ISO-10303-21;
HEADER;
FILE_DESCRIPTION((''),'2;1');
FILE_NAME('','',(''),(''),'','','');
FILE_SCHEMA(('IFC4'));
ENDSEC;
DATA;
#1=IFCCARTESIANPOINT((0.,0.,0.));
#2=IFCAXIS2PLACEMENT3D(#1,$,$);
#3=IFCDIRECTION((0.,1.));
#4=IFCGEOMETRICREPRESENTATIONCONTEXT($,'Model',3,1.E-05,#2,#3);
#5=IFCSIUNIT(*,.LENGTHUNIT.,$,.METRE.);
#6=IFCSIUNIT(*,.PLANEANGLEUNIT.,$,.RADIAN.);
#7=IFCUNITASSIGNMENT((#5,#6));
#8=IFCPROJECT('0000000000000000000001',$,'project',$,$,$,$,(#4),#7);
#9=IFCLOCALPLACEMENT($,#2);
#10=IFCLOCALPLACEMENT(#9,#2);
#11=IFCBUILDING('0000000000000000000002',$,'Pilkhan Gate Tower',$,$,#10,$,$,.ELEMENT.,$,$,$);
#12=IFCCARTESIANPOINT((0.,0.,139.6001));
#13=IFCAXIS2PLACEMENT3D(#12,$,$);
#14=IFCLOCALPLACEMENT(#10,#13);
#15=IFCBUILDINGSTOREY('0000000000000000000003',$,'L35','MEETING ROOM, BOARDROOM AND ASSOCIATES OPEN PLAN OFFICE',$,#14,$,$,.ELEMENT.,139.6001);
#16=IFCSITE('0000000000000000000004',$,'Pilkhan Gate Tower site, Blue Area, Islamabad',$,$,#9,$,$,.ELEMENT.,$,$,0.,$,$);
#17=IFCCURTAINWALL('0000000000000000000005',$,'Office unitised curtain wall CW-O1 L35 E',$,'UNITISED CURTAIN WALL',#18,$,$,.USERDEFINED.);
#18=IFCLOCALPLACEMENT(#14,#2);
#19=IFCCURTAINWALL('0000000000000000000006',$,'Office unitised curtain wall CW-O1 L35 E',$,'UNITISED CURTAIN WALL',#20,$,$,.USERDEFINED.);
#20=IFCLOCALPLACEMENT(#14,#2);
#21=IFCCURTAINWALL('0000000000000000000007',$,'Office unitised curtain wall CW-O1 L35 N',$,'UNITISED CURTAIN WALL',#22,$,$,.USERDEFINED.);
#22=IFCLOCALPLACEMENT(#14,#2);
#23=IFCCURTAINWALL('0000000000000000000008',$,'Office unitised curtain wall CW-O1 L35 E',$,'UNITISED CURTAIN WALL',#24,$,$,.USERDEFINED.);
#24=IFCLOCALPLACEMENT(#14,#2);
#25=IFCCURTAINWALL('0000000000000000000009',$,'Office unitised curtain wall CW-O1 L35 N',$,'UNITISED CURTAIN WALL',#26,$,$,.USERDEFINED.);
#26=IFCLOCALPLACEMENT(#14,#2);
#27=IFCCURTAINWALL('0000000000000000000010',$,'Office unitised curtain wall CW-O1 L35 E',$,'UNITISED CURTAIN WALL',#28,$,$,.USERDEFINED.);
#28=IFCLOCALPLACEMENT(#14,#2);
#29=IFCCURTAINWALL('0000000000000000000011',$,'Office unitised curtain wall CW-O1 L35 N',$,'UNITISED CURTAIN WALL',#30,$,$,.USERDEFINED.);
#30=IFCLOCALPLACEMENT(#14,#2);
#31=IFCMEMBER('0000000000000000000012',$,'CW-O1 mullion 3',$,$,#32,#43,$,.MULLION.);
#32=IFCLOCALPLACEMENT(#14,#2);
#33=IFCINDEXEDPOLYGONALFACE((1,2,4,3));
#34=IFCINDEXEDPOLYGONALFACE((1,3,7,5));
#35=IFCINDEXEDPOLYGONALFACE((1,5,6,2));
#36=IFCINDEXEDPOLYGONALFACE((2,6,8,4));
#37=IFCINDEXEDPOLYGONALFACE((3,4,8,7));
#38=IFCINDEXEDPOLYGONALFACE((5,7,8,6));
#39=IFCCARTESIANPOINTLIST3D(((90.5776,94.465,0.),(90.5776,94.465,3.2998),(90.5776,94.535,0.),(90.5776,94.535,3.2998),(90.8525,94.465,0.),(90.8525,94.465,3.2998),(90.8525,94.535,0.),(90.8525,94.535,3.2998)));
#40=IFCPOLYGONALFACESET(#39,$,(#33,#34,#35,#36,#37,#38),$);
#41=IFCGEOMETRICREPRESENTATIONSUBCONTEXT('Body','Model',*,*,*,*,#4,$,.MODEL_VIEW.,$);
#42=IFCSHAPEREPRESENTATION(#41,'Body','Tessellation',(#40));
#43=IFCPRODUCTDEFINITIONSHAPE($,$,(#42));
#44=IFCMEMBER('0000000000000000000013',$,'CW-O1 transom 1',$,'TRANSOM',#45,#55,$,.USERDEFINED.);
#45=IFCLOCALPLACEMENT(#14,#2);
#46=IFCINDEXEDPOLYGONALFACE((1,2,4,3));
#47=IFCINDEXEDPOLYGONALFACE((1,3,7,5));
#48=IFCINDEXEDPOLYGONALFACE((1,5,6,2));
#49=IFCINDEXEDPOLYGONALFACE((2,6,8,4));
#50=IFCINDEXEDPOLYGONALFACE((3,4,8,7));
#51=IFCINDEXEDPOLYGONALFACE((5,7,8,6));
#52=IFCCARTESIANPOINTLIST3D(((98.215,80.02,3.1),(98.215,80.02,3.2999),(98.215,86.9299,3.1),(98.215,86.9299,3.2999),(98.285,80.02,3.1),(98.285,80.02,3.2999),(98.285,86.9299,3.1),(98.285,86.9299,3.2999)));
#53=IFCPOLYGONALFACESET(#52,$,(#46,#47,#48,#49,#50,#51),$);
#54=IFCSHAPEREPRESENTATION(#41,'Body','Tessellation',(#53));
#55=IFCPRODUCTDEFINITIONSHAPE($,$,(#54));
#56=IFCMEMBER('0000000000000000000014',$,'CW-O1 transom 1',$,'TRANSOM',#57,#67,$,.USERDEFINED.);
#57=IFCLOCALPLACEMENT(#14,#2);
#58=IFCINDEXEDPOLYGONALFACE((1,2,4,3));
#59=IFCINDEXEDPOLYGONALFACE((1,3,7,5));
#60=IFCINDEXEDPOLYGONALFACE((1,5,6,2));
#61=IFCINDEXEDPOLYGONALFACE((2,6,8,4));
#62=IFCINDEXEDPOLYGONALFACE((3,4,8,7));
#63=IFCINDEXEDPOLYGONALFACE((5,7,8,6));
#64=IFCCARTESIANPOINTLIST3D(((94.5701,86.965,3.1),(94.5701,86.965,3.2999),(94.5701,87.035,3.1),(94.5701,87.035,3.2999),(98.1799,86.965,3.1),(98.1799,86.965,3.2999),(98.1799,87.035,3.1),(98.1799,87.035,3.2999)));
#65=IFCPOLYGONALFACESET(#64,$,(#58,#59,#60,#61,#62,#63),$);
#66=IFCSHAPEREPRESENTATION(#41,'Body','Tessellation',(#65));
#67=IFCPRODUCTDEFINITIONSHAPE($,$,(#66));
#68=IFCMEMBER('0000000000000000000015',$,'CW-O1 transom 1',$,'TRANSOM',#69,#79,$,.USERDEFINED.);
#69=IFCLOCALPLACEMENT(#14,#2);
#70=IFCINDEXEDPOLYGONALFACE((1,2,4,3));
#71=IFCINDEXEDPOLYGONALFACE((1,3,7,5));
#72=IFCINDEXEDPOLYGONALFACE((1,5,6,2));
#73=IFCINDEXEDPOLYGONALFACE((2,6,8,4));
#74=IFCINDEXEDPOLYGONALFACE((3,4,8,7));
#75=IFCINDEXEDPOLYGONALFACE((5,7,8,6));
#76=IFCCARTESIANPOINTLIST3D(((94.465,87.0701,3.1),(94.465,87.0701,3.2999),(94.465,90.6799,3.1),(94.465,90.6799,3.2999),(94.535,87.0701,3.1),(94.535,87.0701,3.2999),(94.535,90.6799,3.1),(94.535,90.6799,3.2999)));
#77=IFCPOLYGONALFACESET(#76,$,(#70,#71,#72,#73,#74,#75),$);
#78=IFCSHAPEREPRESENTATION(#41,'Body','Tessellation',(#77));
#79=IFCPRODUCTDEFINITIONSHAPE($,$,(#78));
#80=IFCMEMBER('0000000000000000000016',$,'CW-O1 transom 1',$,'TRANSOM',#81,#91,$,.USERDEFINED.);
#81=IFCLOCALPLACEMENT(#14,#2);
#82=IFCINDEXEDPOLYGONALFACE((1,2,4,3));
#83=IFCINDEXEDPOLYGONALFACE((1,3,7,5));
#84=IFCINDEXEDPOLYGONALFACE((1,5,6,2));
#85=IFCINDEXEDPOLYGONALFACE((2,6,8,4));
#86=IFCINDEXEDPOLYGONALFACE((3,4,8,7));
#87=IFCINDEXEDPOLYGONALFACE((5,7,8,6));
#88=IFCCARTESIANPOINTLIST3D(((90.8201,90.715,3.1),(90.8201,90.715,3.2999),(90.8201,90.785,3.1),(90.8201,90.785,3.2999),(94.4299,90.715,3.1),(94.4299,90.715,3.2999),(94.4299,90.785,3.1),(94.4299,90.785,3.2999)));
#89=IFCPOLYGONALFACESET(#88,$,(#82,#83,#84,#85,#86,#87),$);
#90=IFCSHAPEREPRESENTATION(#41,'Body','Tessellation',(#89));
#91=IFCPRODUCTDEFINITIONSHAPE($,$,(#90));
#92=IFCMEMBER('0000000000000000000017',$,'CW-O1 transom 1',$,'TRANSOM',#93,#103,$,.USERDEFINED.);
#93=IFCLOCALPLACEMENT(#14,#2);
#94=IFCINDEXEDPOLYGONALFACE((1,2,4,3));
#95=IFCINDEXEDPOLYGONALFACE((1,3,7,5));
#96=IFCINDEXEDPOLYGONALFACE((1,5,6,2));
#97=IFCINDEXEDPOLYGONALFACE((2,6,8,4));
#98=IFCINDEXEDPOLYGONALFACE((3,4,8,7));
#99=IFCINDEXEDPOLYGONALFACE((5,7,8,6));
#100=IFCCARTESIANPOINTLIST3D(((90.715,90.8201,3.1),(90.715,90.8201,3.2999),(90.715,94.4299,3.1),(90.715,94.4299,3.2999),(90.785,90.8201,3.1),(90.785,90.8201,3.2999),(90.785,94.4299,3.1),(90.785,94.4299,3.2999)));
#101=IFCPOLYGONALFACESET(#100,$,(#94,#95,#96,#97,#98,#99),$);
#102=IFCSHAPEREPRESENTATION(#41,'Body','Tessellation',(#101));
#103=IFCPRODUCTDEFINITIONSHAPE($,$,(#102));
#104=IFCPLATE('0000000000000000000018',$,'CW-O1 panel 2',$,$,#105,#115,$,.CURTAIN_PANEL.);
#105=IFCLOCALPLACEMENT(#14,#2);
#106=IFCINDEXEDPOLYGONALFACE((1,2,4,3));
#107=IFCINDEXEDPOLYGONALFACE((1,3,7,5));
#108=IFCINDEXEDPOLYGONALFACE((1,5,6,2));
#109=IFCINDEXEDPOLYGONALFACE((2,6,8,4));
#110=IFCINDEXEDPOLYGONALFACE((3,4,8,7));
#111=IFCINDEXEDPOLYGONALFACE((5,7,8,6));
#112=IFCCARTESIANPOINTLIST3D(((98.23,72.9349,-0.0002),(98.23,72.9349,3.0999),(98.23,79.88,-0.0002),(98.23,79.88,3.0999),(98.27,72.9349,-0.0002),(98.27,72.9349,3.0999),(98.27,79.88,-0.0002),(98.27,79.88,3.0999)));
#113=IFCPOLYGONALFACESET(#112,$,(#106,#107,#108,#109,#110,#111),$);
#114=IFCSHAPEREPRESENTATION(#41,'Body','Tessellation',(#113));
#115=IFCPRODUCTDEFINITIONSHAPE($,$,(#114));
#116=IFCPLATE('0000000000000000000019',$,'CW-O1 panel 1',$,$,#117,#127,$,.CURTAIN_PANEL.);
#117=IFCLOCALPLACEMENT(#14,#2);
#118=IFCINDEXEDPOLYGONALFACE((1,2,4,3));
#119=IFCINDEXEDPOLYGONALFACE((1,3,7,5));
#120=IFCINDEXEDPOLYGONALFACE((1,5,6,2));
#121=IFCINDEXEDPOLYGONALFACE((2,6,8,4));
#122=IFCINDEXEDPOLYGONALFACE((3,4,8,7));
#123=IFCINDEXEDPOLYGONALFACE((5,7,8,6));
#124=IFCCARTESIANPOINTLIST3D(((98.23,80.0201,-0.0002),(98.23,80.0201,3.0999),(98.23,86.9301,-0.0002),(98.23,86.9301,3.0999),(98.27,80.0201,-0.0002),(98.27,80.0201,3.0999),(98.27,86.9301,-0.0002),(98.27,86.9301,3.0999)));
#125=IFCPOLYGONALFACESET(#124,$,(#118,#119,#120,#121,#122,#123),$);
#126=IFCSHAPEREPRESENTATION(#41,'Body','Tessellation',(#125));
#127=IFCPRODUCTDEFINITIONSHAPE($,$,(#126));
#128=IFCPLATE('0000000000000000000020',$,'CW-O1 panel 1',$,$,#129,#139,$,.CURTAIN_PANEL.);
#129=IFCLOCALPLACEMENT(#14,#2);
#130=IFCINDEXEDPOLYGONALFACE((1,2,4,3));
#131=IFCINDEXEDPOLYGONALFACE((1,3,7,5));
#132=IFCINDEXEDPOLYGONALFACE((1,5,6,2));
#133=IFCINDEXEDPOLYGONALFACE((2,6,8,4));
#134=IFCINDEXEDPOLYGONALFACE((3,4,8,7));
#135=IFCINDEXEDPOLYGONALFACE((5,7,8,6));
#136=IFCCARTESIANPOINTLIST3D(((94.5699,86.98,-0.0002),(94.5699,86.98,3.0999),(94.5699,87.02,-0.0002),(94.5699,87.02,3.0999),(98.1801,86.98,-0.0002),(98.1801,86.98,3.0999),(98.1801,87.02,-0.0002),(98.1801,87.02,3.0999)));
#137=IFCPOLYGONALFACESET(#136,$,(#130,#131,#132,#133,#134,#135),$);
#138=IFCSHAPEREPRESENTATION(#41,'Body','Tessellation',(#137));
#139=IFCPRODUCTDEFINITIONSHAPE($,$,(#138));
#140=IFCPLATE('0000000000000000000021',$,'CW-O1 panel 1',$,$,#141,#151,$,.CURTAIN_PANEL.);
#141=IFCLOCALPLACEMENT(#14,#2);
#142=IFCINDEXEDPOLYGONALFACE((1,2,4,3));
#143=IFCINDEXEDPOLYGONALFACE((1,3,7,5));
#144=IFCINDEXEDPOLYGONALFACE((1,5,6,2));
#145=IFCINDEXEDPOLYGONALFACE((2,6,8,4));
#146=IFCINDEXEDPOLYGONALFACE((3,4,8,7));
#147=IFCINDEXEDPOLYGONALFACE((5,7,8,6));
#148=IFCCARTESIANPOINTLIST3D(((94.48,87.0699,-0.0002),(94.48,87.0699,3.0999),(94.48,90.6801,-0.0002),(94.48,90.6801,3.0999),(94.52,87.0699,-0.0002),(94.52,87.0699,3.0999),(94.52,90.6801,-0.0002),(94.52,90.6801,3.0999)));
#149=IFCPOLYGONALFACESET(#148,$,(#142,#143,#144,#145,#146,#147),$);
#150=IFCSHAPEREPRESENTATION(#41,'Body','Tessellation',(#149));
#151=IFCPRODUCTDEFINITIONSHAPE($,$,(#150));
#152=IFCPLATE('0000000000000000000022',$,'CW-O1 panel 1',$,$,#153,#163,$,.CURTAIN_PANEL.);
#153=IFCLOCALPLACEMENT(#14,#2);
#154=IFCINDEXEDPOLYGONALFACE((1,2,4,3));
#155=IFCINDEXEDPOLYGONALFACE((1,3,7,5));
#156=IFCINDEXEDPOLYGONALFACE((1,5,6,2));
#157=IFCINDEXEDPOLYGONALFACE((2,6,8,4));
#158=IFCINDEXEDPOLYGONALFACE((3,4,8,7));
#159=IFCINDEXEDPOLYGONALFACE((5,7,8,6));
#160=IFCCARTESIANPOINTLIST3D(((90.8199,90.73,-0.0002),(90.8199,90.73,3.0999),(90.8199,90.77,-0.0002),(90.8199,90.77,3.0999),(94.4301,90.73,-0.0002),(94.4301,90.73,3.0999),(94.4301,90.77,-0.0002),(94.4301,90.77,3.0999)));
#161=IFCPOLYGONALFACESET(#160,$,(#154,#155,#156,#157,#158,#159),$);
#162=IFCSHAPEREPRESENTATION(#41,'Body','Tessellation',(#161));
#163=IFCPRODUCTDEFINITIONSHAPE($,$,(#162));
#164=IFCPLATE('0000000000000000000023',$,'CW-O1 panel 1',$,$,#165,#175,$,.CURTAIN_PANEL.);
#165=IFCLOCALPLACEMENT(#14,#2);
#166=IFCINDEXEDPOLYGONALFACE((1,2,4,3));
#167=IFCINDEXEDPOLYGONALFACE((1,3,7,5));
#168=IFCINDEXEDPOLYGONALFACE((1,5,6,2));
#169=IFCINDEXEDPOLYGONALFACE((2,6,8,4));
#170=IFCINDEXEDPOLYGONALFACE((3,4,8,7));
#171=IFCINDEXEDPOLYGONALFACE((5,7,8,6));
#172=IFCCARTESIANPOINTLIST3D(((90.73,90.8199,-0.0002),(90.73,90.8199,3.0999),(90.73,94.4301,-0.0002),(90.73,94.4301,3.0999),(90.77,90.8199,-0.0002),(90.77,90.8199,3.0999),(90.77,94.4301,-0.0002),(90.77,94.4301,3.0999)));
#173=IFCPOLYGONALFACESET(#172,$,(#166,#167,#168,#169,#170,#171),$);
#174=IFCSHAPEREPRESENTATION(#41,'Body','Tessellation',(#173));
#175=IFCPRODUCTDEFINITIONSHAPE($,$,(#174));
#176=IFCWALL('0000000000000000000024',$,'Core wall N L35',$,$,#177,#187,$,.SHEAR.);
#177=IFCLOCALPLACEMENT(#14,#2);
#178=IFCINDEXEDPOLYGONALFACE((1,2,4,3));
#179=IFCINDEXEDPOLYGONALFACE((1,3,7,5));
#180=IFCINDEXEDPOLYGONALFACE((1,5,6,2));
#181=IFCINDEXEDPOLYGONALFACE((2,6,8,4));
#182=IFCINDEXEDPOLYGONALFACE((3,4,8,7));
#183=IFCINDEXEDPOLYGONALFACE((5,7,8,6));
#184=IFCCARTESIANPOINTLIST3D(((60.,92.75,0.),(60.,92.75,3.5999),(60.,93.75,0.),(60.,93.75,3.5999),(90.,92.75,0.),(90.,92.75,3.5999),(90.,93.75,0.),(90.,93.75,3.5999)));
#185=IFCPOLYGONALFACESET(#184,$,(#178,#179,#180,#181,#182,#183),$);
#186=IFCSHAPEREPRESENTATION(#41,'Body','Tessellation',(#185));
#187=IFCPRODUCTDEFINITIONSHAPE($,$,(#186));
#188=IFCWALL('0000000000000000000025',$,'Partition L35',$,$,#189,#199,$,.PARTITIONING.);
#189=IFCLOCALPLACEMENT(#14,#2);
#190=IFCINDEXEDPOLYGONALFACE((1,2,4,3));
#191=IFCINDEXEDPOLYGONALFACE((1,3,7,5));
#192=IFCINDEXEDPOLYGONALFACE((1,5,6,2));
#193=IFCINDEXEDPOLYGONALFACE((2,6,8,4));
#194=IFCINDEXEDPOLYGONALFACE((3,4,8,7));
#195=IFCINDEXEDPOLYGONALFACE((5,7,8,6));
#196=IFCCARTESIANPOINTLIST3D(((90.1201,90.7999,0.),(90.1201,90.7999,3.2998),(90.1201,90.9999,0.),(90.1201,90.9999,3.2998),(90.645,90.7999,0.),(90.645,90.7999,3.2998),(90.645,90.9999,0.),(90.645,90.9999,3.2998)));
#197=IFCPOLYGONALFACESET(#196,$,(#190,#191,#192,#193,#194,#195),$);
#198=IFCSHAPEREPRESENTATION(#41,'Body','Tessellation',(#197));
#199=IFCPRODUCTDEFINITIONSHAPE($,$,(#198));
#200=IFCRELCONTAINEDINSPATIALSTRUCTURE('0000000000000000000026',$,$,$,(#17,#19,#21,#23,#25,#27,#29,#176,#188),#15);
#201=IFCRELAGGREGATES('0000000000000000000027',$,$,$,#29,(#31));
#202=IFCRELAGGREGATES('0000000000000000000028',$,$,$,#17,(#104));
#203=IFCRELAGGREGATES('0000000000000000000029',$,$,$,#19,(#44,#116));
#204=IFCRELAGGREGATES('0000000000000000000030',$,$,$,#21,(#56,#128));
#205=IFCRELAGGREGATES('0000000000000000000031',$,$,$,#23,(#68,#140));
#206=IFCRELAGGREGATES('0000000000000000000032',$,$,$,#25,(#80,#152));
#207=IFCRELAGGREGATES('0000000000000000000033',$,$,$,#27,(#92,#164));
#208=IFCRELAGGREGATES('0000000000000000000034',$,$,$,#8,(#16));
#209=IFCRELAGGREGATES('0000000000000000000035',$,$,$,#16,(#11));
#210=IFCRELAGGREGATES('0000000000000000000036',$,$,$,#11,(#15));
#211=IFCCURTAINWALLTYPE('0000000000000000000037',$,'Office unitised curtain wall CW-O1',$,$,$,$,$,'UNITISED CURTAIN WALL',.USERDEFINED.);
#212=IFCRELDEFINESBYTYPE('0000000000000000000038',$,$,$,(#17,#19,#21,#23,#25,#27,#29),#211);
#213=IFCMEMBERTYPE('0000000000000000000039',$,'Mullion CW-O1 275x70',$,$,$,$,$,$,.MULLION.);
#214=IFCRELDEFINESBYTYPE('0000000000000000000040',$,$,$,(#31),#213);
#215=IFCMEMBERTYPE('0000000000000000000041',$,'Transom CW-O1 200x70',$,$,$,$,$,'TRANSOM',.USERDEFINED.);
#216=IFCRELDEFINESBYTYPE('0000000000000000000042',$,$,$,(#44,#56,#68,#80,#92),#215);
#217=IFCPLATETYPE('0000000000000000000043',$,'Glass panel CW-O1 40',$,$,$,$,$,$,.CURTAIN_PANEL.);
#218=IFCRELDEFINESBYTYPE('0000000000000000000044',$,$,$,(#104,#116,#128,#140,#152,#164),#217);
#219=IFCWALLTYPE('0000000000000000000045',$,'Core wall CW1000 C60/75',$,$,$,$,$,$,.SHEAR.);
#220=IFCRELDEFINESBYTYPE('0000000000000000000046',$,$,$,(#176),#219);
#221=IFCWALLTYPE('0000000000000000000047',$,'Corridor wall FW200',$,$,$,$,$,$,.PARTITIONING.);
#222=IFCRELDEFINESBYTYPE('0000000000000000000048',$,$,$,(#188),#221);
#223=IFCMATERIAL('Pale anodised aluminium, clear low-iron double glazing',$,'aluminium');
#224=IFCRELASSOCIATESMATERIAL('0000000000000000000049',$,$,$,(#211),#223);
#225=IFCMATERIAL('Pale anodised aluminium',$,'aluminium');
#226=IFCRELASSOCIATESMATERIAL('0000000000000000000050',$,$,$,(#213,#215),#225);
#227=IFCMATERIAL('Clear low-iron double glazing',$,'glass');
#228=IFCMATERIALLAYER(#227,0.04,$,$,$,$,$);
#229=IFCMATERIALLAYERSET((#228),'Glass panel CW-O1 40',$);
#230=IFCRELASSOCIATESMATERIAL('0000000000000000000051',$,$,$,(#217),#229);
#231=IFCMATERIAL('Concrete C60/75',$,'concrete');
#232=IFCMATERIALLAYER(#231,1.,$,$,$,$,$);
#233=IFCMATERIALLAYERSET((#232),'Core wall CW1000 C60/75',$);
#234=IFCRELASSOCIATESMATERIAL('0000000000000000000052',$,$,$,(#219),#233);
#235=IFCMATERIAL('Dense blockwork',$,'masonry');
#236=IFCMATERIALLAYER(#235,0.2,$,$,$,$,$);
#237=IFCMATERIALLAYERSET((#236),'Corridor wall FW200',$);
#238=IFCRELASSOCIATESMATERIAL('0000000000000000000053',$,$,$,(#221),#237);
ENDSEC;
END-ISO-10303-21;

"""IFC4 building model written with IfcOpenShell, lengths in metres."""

from ifc_helpers import new_model, si_unit, direction, frame, frame_2d, origin, origin_2d, place, context, subcontext, project, spatial, rectangle, extrude, material, layer, layer_set, material_profile, profile_set, type_object, element, aggregate, save


model = new_model("IFC4")

# Units and contexts
model_context = context("Model", 3, precision=1e-05, world=origin(), true_north=direction((0.0, 1.0)))
body_context = subcontext(model_context, "Body", "Model", "MODEL_VIEW")
ifc_project = project(units=[si_unit("LENGTHUNIT", "METRE"), si_unit("PLANEANGLEUNIT", "RADIAN")], contexts=[model_context])

# Site, building, storey
site_placement = place(None, origin())
site = spatial("IfcSite", under=ifc_project, at=site_placement, Name="Pilkhan Gate Tower site, Blue Area, Islamabad", CompositionType="ELEMENT", RefElevation=0.0)
building_placement = place(site_placement, origin())
building = spatial("IfcBuilding", under=site, at=building_placement, Name="Pilkhan Gate Tower", CompositionType="ELEMENT")
storey_placement = place(building_placement, frame((0.0, 0.0, 139.6001)))
storey = spatial("IfcBuildingStorey", under=building, at=storey_placement, Name="L35", Description="MEETING ROOM, BOARDROOM AND ASSOCIATES OPEN PLAN OFFICE", CompositionType="ELEMENT", Elevation=139.6001)

# Shared definitions
ifc_material_1 = material(Name="Concrete C60/75", Category="concrete")

# Curtain wall
ifc_material_2 = material(Name="Pale anodised aluminium, clear low-iron double glazing", Category="aluminium")
curtain_wall_type = type_object("IfcCurtainWallType", Name="Office unitised curtain wall CW-O1", ElementType="UNITISED CURTAIN WALL", PredefinedType="USERDEFINED", material=ifc_material_2)
curtain_wall_1_placement = place(storey_placement, origin())
curtain_wall_1 = element("IfcCurtainWall", 1, at=curtain_wall_1_placement, inside=storey, type_object=curtain_wall_type, Name="Office unitised curtain wall CW-O1 L35 E", ObjectType="UNITISED CURTAIN WALL", PredefinedType="USERDEFINED")
ifc_material_3 = material(Name="Pale anodised aluminium", Category="aluminium")
ifc_material_profile_1 = material_profile(ifc_material_3, rectangle(XDim=0.0701, YDim=0.2749, at=origin_2d()), Name="Mullion 275x70")
ifc_profile_set_1 = profile_set([ifc_material_profile_1], Name="Pale anodised aluminium")
member_type_1 = type_object("IfcMemberType", Name="Mullion CW-O1 275x70", PredefinedType="MULLION", material=ifc_profile_set_1)

# Curtain walls
curtain_wall_2_placement = place(storey_placement, origin())
curtain_wall_2 = element("IfcCurtainWall", 2, at=curtain_wall_2_placement, inside=storey, type_object=curtain_wall_type, Name="Office unitised curtain wall CW-O1 L35 E", ObjectType="UNITISED CURTAIN WALL", PredefinedType="USERDEFINED")
curtain_wall_3_placement = place(storey_placement, origin())
curtain_wall_3 = element("IfcCurtainWall", 3, at=curtain_wall_3_placement, inside=storey, type_object=curtain_wall_type, Name="Office unitised curtain wall CW-O1 L35 N", ObjectType="UNITISED CURTAIN WALL", PredefinedType="USERDEFINED")
curtain_wall_4_placement = place(storey_placement, origin())
curtain_wall_4 = element("IfcCurtainWall", 4, at=curtain_wall_4_placement, inside=storey, type_object=curtain_wall_type, Name="Office unitised curtain wall CW-O1 L35 E", ObjectType="UNITISED CURTAIN WALL", PredefinedType="USERDEFINED")
curtain_wall_5_placement = place(storey_placement, origin())
curtain_wall_5 = element("IfcCurtainWall", 5, at=curtain_wall_5_placement, inside=storey, type_object=curtain_wall_type, Name="Office unitised curtain wall CW-O1 L35 N", ObjectType="UNITISED CURTAIN WALL", PredefinedType="USERDEFINED")
curtain_wall_6_placement = place(storey_placement, origin())
curtain_wall_6 = element("IfcCurtainWall", 6, at=curtain_wall_6_placement, inside=storey, type_object=curtain_wall_type, Name="Office unitised curtain wall CW-O1 L35 E", ObjectType="UNITISED CURTAIN WALL", PredefinedType="USERDEFINED")

# Curtain wall, member
curtain_wall_7_placement = place(storey_placement, origin())
curtain_wall_7 = element("IfcCurtainWall", 7, at=curtain_wall_7_placement, inside=storey, type_object=curtain_wall_type, Name="Office unitised curtain wall CW-O1 L35 N", ObjectType="UNITISED CURTAIN WALL", PredefinedType="USERDEFINED")
member_1_placement = place(storey_placement, frame((90.7151, 94.5, 0.0), z_axis=(0.0, 0.0, 1.0), x_axis=(0.0, 1.0, 0.0)))
member_1 = element("IfcMember", 8, at=member_1_placement, type_object=member_type_1, Name="CW-O1 mullion 3", PredefinedType="MULLION", context=body_context, shape_type="SweptSolid", body=[
    extrude(rectangle(XDim=0.0701, YDim=0.2749, at=origin_2d()), origin(), (0.0, 0.0, 1.0), 3.2998),
])
aggregate(curtain_wall_7, [member_1])

# Members
ifc_material_profile_2 = material_profile(ifc_material_3, rectangle(XDim=0.0701, YDim=0.2, at=origin_2d()), Name="Transom 200x70")
ifc_profile_set_2 = profile_set([ifc_material_profile_2], Name="Pale anodised aluminium")
member_type_2 = type_object("IfcMemberType", Name="Transom CW-O1 200x70", ElementType="TRANSOM", PredefinedType="USERDEFINED", material=ifc_profile_set_2)
member_2_placement = place(storey_placement, frame((98.25, 80.02, 3.2), z_axis=(0.0, 1.0, 0.0), x_axis=(-1.0, 0.0, 0.0)))
member_2 = element("IfcMember", 9, at=member_2_placement, type_object=member_type_2, Name="CW-O1 transom 1", ObjectType="TRANSOM", PredefinedType="USERDEFINED", context=body_context, shape_type="SweptSolid", body=[
    extrude(rectangle(XDim=0.0701, YDim=0.2, at=origin_2d()), origin(), (0.0, 0.0, 1.0), 6.9099),
])
member_3_placement = place(storey_placement, frame((94.5701, 87.0, 3.2), z_axis=(1.0, 0.0, 0.0), x_axis=(0.0, 1.0, 0.0)))
member_3 = element("IfcMember", 10, at=member_3_placement, type_object=member_type_2, Name="CW-O1 transom 1", ObjectType="TRANSOM", PredefinedType="USERDEFINED", context=body_context, shape_type="SweptSolid", body=[
    extrude(rectangle(XDim=0.0701, YDim=0.2, at=origin_2d()), origin(), (0.0, 0.0, 1.0), 3.6099),
])
member_4_placement = place(storey_placement, frame((94.5, 87.0701, 3.2), z_axis=(0.0, 1.0, 0.0), x_axis=(-1.0, 0.0, 0.0)))
member_4 = element("IfcMember", 11, at=member_4_placement, type_object=member_type_2, Name="CW-O1 transom 1", ObjectType="TRANSOM", PredefinedType="USERDEFINED", context=body_context, shape_type="SweptSolid", body=[
    extrude(rectangle(XDim=0.0701, YDim=0.2, at=origin_2d()), origin(), (0.0, 0.0, 1.0), 3.6099),
])
member_5_placement = place(storey_placement, frame((90.8201, 90.75, 3.2), z_axis=(1.0, 0.0, 0.0), x_axis=(0.0, 1.0, 0.0)))
member_5 = element("IfcMember", 12, at=member_5_placement, type_object=member_type_2, Name="CW-O1 transom 1", ObjectType="TRANSOM", PredefinedType="USERDEFINED", context=body_context, shape_type="SweptSolid", body=[
    extrude(rectangle(XDim=0.0701, YDim=0.2, at=origin_2d()), origin(), (0.0, 0.0, 1.0), 3.6099),
])
member_6_placement = place(storey_placement, frame((90.75, 90.8201, 3.2), z_axis=(0.0, 1.0, 0.0), x_axis=(-1.0, 0.0, 0.0)))
member_6 = element("IfcMember", 13, at=member_6_placement, type_object=member_type_2, Name="CW-O1 transom 1", ObjectType="TRANSOM", PredefinedType="USERDEFINED", context=body_context, shape_type="SweptSolid", body=[
    extrude(rectangle(XDim=0.0701, YDim=0.2, at=origin_2d()), origin(), (0.0, 0.0, 1.0), 3.6099),
])

# Plates
ifc_material_4 = material(Name="Clear low-iron double glazing", Category="glass")
ifc_layer_1 = layer(ifc_material_4, 0.04)
ifc_layer_set_1 = layer_set([ifc_layer_1], Name="Glass panel CW-O1 40")
plate_type = type_object("IfcPlateType", Name="Glass panel CW-O1 40", PredefinedType="CURTAIN_PANEL", material=ifc_layer_set_1)
plate_1_placement = place(storey_placement, frame((98.25, 76.4075, -0.0002), z_axis=(0.0, 0.0, 1.0), x_axis=(0.0, 1.0, 0.0)))
plate_1 = element("IfcPlate", 14, at=plate_1_placement, type_object=plate_type, Name="CW-O1 panel 2", PredefinedType="CURTAIN_PANEL", context=body_context, shape_type="SweptSolid", body=[
    extrude(rectangle(XDim=6.9451, YDim=0.04, at=origin_2d()), origin(), (0.0, 0.0, 1.0), 3.1001),
])
aggregate(curtain_wall_1, [plate_1])
plate_2_placement = place(storey_placement, frame((98.25, 83.4751, -0.0002), z_axis=(0.0, 0.0, 1.0), x_axis=(0.0, 1.0, 0.0)))
plate_2 = element("IfcPlate", 15, at=plate_2_placement, type_object=plate_type, Name="CW-O1 panel 1", PredefinedType="CURTAIN_PANEL", context=body_context, shape_type="SweptSolid", body=[
    extrude(rectangle(XDim=6.9099, YDim=0.04, at=origin_2d()), origin(), (0.0, 0.0, 1.0), 3.1001),
])
aggregate(curtain_wall_2, [member_2, plate_2])
plate_3_placement = place(storey_placement, frame((96.375, 87.0, -0.0002), z_axis=(0.0, 0.0, 1.0), x_axis=(1.0, 0.0, 0.0)))
plate_3 = element("IfcPlate", 16, at=plate_3_placement, type_object=plate_type, Name="CW-O1 panel 1", PredefinedType="CURTAIN_PANEL", context=body_context, shape_type="SweptSolid", body=[
    extrude(rectangle(XDim=3.6101, YDim=0.04, at=origin_2d()), origin(), (0.0, 0.0, 1.0), 3.1001),
])
aggregate(curtain_wall_3, [member_3, plate_3])
plate_4_placement = place(storey_placement, frame((94.5, 88.875, -0.0002), z_axis=(0.0, 0.0, 1.0), x_axis=(0.0, 1.0, 0.0)))
plate_4 = element("IfcPlate", 17, at=plate_4_placement, type_object=plate_type, Name="CW-O1 panel 1", PredefinedType="CURTAIN_PANEL", context=body_context, shape_type="SweptSolid", body=[
    extrude(rectangle(XDim=3.6101, YDim=0.04, at=origin_2d()), origin(), (0.0, 0.0, 1.0), 3.1001),
])
aggregate(curtain_wall_4, [member_4, plate_4])
plate_5_placement = place(storey_placement, frame((92.625, 90.75, -0.0002), z_axis=(0.0, 0.0, 1.0), x_axis=(1.0, 0.0, 0.0)))
plate_5 = element("IfcPlate", 18, at=plate_5_placement, type_object=plate_type, Name="CW-O1 panel 1", PredefinedType="CURTAIN_PANEL", context=body_context, shape_type="SweptSolid", body=[
    extrude(rectangle(XDim=3.6101, YDim=0.04, at=origin_2d()), origin(), (0.0, 0.0, 1.0), 3.1001),
])
aggregate(curtain_wall_5, [member_5, plate_5])
plate_6_placement = place(storey_placement, frame((90.75, 92.625, -0.0002), z_axis=(0.0, 0.0, 1.0), x_axis=(0.0, 1.0, 0.0)))
plate_6 = element("IfcPlate", 19, at=plate_6_placement, type_object=plate_type, Name="CW-O1 panel 1", PredefinedType="CURTAIN_PANEL", context=body_context, shape_type="SweptSolid", body=[
    extrude(rectangle(XDim=3.6101, YDim=0.04, at=origin_2d()), origin(), (0.0, 0.0, 1.0), 3.1001),
])
aggregate(curtain_wall_6, [member_6, plate_6])

# Walls
ifc_layer_2 = layer(ifc_material_1, 1.0)
ifc_layer_set_2 = layer_set([ifc_layer_2], Name="Core wall CW1000 C60/75")
wall_type_1 = type_object("IfcWallType", Name="Core wall CW1000 C60/75", PredefinedType="SHEAR", material=ifc_layer_set_2)
wall_1_placement = place(storey_placement, frame((90.0, 93.25, 0.0), z_axis=(0.0, 0.0, 1.0), x_axis=(-1.0, 0.0, 0.0)))
element("IfcWall", 20, at=wall_1_placement, inside=storey, type_object=wall_type_1, Name="Core wall N L35", PredefinedType="SHEAR", context=body_context, shape_type="SweptSolid", body=[
    extrude(rectangle(XDim=30.0, YDim=1.0, at=frame_2d((15.0, 0.0))), origin(), (0.0, 0.0, 1.0), 3.5999),
])
ifc_material_5 = material(Name="Dense blockwork", Category="masonry")
ifc_layer_3 = layer(ifc_material_5, 0.2)
ifc_layer_set_3 = layer_set([ifc_layer_3], Name="Corridor wall FW200")
wall_type_2 = type_object("IfcWallType", Name="Corridor wall FW200", PredefinedType="PARTITIONING", material=ifc_layer_set_3)
wall_2_placement = place(storey_placement, frame((90.1201, 90.8999, 0.0), z_axis=(0.0, 0.0, 1.0), x_axis=(1.0, 0.0, 0.0)))
element("IfcWall", 21, at=wall_2_placement, inside=storey, type_object=wall_type_2, Name="Partition L35", PredefinedType="PARTITIONING", context=body_context, shape_type="SweptSolid", body=[
    extrude(rectangle(XDim=0.5249, YDim=0.2, at=frame_2d((0.2625, 0.0))), origin(), (0.0, 0.0, 1.0), 3.2998),
])

save(model, "model.ifc")
